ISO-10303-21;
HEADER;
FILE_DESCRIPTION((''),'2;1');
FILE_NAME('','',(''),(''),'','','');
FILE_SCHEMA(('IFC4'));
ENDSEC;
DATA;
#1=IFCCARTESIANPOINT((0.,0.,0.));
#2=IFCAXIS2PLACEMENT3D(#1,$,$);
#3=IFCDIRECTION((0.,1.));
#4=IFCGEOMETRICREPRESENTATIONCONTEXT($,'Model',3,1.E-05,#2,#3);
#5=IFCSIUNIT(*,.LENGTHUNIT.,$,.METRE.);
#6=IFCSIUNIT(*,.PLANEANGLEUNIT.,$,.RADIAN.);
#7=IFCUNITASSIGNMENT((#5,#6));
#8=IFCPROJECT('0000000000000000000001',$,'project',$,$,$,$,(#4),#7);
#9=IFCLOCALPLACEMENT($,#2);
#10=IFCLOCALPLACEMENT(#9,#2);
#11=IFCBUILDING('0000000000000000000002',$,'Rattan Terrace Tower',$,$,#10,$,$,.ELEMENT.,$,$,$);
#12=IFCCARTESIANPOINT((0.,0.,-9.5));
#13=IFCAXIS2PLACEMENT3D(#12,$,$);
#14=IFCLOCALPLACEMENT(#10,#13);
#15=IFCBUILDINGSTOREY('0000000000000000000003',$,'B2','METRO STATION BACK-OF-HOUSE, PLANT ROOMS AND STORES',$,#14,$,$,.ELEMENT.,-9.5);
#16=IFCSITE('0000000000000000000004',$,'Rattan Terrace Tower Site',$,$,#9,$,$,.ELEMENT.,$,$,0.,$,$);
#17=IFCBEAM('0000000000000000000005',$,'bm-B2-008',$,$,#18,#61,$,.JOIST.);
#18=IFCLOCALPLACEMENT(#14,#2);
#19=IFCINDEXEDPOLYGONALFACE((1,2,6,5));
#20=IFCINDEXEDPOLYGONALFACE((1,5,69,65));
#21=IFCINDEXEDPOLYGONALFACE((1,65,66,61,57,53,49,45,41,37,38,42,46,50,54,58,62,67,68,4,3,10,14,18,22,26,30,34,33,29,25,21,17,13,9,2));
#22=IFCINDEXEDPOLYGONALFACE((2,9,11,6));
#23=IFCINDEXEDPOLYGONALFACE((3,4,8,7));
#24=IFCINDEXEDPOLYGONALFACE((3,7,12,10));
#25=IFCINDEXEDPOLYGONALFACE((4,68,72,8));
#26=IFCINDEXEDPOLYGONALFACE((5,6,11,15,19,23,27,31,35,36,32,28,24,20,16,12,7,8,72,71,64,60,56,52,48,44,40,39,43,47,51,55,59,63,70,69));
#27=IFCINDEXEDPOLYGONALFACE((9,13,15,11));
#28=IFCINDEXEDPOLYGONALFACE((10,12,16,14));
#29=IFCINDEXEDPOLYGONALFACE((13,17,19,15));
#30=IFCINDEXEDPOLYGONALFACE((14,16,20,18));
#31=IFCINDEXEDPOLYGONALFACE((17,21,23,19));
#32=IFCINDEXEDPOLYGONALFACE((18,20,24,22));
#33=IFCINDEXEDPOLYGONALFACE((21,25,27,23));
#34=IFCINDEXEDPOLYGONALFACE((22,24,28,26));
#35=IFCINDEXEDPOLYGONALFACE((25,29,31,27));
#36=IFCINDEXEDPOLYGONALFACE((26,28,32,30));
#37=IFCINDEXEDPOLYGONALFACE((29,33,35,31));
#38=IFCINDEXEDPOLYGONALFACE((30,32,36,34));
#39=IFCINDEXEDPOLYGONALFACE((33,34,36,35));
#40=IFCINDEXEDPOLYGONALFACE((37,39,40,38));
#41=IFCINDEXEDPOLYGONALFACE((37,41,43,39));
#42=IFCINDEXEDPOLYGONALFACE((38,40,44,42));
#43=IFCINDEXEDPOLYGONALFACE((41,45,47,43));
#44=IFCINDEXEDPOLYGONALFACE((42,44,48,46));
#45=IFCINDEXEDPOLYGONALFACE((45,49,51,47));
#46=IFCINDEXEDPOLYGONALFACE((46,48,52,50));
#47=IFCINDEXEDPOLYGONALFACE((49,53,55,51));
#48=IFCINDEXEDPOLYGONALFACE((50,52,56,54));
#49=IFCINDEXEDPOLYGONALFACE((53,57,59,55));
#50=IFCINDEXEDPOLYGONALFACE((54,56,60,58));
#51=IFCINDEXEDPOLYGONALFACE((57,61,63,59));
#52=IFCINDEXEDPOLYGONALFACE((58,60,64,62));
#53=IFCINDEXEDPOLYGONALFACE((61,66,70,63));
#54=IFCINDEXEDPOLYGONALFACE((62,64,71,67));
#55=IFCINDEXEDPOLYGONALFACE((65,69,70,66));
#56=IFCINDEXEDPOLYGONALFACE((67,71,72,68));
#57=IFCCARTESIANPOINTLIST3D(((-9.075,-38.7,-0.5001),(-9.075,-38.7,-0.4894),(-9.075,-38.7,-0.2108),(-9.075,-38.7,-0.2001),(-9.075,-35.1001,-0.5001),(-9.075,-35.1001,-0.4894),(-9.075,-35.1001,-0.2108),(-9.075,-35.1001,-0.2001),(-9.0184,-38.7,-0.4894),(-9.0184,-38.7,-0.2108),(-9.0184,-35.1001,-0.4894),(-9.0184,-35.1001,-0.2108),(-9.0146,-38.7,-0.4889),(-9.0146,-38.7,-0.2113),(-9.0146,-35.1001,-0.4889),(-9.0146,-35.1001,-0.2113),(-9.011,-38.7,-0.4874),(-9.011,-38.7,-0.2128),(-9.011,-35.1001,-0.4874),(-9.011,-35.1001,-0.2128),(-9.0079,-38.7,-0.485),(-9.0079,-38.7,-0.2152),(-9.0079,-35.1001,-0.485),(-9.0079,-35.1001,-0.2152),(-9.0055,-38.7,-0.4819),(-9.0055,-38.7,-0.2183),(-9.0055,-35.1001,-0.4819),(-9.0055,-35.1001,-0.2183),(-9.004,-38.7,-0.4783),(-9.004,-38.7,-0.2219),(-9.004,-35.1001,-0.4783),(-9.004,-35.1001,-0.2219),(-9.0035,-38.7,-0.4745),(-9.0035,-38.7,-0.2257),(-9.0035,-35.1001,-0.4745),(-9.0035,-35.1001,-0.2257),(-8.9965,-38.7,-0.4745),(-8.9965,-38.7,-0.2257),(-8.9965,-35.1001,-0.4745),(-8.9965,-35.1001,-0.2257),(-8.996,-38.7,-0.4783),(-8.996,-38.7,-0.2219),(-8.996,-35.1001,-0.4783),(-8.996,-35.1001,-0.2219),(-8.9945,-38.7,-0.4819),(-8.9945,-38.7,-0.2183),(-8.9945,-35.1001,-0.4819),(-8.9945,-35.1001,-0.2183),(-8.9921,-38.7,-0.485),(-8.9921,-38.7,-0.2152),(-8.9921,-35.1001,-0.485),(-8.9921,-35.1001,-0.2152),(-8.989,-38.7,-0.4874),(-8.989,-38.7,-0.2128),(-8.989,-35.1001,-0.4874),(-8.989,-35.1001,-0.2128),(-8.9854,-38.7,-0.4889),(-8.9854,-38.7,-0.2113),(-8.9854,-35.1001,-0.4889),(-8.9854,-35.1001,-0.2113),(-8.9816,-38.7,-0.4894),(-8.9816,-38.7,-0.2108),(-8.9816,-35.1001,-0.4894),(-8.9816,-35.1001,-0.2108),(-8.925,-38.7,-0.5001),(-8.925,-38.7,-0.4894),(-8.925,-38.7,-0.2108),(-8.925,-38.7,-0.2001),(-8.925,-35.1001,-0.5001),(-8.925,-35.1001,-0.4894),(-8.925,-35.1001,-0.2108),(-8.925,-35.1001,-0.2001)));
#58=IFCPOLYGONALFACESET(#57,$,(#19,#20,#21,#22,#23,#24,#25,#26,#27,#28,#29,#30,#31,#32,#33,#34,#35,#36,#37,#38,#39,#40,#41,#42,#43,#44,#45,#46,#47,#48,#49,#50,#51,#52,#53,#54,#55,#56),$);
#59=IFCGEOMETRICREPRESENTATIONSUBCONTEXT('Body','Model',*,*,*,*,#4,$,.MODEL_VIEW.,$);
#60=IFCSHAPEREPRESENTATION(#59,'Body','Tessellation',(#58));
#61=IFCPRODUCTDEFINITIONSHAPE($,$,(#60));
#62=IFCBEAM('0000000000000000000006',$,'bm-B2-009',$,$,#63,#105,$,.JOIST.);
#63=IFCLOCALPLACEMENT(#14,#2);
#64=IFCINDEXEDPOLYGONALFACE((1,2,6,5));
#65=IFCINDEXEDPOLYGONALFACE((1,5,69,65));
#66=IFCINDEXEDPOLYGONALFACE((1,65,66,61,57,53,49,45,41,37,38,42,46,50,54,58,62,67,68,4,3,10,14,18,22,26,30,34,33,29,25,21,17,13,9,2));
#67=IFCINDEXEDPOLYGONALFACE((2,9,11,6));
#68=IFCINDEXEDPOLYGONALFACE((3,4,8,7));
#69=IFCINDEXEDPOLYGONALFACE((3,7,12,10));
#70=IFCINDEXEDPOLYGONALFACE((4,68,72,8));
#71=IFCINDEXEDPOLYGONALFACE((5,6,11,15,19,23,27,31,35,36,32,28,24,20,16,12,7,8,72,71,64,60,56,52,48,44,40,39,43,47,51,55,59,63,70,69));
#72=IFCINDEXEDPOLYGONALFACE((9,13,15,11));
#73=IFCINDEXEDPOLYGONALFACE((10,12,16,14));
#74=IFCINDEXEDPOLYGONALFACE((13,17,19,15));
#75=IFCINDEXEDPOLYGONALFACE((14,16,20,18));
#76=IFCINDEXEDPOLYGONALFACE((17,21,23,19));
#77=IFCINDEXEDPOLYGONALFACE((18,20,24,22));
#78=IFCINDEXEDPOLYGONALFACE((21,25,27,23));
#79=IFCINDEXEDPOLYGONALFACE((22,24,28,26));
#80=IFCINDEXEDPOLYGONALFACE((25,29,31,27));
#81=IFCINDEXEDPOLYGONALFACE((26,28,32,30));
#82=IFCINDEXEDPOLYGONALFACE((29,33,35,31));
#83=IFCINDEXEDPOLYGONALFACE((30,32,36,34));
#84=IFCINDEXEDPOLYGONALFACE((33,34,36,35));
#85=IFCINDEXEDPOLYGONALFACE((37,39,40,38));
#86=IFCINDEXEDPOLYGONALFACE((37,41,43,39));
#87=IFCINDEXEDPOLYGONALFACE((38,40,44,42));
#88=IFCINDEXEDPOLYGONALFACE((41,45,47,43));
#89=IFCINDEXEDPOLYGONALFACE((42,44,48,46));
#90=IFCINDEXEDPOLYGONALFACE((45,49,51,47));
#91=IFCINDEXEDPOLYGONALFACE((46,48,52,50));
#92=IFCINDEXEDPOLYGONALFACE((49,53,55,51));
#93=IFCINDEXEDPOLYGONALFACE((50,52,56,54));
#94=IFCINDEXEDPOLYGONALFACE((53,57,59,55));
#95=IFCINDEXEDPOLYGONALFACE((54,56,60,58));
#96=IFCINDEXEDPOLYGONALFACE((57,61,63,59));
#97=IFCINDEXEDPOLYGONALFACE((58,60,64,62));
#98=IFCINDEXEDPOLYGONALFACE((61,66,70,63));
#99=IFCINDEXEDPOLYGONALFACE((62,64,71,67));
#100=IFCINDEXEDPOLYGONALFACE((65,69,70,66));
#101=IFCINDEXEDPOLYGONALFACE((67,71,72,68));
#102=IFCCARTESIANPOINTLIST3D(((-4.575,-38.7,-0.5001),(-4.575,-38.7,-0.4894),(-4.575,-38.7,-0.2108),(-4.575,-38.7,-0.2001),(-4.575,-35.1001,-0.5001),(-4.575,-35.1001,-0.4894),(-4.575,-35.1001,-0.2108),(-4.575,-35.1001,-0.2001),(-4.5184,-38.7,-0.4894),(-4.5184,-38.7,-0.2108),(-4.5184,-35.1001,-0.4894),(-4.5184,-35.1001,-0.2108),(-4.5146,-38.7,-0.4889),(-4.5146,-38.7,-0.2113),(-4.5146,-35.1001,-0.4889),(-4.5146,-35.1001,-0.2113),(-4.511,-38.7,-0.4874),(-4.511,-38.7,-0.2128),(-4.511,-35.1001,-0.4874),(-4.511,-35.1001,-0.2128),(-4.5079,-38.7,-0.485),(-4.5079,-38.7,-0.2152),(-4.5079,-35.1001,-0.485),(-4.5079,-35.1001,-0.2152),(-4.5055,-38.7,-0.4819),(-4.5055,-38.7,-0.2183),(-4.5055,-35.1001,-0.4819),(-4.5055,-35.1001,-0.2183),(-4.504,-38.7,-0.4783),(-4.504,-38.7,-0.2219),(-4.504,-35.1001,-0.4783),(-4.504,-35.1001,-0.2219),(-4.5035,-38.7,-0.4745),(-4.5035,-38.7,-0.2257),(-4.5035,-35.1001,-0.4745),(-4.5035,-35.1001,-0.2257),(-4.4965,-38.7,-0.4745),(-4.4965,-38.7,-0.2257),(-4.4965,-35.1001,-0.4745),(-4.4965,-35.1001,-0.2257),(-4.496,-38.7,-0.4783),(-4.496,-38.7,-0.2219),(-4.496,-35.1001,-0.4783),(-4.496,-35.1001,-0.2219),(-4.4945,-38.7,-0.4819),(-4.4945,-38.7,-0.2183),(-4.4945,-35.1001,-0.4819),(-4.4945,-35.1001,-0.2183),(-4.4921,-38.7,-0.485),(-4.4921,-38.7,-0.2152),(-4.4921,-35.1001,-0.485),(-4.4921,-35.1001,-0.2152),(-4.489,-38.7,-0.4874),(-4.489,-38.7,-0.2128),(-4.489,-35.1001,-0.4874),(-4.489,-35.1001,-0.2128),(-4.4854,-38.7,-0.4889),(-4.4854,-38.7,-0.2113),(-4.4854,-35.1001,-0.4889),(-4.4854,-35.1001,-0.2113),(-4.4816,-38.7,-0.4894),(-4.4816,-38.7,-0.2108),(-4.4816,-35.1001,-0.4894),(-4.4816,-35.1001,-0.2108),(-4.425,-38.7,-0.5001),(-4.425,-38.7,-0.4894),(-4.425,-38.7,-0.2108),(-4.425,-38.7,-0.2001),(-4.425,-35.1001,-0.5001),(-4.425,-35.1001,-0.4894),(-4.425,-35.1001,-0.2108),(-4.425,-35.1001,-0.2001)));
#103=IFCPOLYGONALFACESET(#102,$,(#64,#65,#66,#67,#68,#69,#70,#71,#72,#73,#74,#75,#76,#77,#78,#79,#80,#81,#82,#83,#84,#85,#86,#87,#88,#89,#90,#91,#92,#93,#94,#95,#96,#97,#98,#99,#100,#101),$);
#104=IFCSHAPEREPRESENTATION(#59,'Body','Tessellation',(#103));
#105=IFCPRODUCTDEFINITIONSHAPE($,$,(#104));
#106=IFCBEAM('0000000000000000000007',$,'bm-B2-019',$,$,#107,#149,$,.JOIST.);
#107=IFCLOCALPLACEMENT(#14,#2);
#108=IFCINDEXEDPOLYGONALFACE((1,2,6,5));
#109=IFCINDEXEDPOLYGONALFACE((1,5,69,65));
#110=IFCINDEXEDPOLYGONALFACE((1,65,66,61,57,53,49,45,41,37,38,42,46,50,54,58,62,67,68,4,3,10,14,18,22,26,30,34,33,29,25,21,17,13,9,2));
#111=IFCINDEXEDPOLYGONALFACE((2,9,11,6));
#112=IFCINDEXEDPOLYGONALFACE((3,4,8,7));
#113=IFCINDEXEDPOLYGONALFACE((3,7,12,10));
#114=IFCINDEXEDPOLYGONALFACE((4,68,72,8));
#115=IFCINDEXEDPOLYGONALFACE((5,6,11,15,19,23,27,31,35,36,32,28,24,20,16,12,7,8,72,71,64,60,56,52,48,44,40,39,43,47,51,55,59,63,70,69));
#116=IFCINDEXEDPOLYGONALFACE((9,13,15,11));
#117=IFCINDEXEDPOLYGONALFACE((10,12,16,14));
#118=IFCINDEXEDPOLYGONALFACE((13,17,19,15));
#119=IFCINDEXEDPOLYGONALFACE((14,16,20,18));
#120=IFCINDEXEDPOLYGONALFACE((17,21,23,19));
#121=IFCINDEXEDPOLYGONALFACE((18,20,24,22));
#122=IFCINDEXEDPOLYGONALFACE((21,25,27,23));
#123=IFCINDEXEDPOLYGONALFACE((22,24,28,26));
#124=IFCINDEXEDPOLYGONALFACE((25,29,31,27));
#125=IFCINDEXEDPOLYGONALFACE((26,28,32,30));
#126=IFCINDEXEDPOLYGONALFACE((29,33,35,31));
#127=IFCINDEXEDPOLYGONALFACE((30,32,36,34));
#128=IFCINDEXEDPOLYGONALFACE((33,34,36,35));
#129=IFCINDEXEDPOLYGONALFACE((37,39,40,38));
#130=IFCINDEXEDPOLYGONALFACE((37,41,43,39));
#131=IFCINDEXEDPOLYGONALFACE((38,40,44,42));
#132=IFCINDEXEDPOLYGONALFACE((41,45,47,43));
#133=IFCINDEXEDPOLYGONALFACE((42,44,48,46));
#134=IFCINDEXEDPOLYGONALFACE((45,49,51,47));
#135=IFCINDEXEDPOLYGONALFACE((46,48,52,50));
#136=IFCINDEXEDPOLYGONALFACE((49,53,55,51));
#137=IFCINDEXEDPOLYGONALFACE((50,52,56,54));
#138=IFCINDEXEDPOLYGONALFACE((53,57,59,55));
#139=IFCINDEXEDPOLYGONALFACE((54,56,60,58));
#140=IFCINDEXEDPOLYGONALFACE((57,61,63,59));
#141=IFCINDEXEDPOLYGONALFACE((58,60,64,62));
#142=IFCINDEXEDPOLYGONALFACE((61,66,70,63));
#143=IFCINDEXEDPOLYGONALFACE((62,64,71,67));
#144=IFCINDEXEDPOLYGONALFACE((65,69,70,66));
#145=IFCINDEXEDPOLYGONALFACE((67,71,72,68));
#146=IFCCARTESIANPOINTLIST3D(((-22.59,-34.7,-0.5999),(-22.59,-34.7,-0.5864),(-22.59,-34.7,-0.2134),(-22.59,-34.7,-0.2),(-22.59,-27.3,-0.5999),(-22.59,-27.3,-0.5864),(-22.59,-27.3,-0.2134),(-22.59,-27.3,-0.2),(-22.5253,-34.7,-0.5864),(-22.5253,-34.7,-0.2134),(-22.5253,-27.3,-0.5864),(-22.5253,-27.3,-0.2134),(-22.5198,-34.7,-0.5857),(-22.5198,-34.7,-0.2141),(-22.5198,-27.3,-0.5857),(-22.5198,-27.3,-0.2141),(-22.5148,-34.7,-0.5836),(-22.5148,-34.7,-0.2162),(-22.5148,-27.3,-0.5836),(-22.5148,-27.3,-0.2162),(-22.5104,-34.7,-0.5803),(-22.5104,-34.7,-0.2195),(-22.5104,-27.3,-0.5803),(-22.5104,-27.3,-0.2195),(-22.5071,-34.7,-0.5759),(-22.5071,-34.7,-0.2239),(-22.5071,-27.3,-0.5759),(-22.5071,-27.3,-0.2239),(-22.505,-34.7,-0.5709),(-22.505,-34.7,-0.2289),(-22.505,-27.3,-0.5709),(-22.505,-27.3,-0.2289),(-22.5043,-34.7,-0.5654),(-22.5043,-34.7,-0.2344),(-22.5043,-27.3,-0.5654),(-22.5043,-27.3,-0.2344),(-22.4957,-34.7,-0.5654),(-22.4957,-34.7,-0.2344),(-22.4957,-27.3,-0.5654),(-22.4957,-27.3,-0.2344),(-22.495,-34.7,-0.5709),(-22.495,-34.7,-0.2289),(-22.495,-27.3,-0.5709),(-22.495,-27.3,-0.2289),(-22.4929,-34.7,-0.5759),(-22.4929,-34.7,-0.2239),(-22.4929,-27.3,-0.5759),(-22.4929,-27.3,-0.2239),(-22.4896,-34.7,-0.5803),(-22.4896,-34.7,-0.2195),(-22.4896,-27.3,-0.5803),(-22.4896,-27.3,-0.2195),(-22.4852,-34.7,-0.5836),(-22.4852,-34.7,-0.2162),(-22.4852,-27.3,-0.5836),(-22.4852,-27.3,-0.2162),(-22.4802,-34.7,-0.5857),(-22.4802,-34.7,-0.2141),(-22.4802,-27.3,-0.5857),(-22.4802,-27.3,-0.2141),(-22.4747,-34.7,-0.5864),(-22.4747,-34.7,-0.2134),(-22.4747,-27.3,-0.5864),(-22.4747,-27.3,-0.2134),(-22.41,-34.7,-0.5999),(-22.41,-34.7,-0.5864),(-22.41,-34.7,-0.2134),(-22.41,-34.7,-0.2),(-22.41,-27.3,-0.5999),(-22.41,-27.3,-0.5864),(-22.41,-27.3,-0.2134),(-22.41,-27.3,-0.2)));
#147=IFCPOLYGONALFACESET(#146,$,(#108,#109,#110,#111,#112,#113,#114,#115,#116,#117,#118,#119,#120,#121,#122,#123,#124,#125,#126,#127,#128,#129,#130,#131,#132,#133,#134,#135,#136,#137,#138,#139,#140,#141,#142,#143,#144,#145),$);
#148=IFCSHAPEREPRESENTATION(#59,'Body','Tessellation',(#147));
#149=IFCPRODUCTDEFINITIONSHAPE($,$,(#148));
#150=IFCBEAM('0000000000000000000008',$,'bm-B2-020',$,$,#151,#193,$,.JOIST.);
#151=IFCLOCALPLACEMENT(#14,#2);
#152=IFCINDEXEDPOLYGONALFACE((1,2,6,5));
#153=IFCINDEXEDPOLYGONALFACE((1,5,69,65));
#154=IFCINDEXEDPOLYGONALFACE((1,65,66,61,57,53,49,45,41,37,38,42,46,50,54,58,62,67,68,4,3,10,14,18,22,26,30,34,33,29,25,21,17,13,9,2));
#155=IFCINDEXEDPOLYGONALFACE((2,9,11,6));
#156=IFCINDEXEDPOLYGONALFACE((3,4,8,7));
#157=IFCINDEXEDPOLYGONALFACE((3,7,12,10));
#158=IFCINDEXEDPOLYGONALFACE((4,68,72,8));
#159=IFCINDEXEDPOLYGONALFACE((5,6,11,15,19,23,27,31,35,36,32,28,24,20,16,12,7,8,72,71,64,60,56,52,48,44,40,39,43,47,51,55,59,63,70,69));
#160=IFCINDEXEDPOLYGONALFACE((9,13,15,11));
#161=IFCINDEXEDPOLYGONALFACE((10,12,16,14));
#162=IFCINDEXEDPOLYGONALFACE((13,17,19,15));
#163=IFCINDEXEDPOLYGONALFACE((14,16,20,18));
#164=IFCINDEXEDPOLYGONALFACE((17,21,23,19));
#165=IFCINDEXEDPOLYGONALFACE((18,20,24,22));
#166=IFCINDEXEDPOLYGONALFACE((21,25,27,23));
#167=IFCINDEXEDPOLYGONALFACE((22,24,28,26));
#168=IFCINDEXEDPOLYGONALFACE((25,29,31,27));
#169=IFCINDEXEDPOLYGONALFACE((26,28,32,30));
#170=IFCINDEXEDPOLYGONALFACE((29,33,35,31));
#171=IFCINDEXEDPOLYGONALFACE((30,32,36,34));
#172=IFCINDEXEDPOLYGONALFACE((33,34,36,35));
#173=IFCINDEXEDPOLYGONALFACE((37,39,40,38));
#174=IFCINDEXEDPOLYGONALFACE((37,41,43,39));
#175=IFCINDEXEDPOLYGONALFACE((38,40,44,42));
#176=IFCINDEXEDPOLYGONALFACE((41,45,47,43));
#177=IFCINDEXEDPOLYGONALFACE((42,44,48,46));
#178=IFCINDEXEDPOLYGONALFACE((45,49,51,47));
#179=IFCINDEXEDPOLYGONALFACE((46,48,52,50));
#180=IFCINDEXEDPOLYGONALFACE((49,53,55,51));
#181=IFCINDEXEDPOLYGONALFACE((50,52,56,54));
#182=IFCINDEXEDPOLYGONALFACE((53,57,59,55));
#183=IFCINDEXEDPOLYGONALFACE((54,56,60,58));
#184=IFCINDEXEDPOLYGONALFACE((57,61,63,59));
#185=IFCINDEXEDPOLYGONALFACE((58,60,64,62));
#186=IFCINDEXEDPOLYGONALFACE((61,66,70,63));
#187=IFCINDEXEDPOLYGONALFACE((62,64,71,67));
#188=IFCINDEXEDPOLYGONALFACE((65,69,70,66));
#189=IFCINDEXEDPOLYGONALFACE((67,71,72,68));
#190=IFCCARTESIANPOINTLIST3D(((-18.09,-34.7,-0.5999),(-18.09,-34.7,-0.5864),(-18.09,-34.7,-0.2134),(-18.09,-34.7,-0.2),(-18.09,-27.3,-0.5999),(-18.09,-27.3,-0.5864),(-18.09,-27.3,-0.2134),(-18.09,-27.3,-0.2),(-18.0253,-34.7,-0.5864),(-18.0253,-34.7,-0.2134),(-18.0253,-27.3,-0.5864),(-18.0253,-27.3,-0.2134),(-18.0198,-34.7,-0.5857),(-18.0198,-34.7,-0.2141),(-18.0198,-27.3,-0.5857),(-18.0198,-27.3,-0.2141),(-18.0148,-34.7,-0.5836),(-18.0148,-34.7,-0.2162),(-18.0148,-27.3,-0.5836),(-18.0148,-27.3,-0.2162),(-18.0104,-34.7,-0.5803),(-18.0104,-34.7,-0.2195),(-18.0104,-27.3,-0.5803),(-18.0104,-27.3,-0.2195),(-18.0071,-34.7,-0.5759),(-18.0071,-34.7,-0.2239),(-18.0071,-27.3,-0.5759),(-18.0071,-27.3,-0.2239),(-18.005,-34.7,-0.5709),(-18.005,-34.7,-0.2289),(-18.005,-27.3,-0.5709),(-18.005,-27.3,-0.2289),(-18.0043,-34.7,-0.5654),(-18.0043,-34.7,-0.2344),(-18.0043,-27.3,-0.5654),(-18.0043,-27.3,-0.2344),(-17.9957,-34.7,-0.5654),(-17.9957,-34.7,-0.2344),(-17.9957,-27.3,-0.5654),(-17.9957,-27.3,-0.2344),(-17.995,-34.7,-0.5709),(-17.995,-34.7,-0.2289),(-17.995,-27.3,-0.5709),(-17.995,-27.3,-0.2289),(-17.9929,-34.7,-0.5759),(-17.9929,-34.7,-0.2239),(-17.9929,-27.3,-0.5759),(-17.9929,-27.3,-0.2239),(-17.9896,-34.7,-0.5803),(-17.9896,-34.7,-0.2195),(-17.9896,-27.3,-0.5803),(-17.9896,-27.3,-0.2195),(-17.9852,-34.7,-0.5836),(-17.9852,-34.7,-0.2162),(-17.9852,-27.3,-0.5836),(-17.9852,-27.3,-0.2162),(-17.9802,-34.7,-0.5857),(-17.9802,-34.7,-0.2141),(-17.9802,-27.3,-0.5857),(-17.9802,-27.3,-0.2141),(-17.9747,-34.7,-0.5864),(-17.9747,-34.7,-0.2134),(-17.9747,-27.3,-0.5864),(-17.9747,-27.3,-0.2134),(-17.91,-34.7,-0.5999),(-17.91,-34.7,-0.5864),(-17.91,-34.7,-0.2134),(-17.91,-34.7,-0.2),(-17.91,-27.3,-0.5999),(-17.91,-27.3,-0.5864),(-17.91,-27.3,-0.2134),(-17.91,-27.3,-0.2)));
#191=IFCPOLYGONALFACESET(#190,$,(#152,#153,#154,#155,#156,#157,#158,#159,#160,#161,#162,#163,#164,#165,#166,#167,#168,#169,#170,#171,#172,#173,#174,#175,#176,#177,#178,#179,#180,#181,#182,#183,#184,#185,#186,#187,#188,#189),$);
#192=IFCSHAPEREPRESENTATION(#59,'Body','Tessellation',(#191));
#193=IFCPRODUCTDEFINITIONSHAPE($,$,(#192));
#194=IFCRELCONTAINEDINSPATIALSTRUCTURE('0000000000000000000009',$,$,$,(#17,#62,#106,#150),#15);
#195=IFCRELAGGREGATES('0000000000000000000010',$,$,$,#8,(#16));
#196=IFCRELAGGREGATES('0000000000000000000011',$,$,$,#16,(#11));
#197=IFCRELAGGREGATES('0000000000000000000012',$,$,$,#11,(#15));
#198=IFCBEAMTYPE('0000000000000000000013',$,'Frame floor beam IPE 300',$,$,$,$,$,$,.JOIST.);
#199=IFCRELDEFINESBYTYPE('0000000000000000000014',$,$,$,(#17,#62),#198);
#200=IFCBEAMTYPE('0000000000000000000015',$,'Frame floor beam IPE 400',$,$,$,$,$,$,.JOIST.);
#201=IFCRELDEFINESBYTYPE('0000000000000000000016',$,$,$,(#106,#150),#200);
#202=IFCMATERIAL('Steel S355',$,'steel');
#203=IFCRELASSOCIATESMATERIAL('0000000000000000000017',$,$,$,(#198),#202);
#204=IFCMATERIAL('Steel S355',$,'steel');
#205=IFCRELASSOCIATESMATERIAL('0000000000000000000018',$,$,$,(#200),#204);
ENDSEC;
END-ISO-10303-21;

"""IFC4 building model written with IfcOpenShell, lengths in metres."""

from ifc_helpers import new_model, si_unit, direction, frame, origin, origin_2d, place, context, subcontext, project, spatial, i_section, extrude, material, material_profile, profile_set, type_object, element, save


model = new_model("IFC4")

# Units and contexts
model_context = context("Model", 3, precision=1e-05, world=origin(), true_north=direction((0.0, 1.0)))
body_context = subcontext(model_context, "Body", "Model", "MODEL_VIEW")
ifc_project = project(units=[si_unit("LENGTHUNIT", "METRE"), si_unit("PLANEANGLEUNIT", "RADIAN")], contexts=[model_context])

# Site, building, storey
site_placement = place(None, origin())
site = spatial("IfcSite", under=ifc_project, at=site_placement, Name="Rattan Terrace Tower Site", CompositionType="ELEMENT", RefElevation=0.0)
building_placement = place(site_placement, origin())
building = spatial("IfcBuilding", under=site, at=building_placement, Name="Rattan Terrace Tower", CompositionType="ELEMENT")
storey_placement = place(building_placement, frame((0.0, 0.0, -9.5)))
storey = spatial("IfcBuildingStorey", under=building, at=storey_placement, Name="B2", Description="METRO STATION BACK-OF-HOUSE, PLANT ROOMS AND STORES", CompositionType="ELEMENT", Elevation=-9.5)

# Beams
ifc_material_1 = material(Name="Steel S355", Category="steel")
ifc_material_profile_1 = material_profile(ifc_material_1, i_section(OverallWidth=0.1499, OverallDepth=0.3, WebThickness=0.0071, FlangeThickness=0.0107, FilletRadius=0.0149, at=origin_2d()), Name="IPE 300")
ifc_profile_set_1 = profile_set([ifc_material_profile_1], Name="Steel S355")
beam_type_1 = type_object("IfcBeamType", Name="Frame floor beam IPE 300", PredefinedType="JOIST", material=ifc_profile_set_1)
for number, where, z_axis, x_axis, name in (
    (1, (-9.0, -38.7, -0.3501), (0.0, 1.0, 0.0), (-1.0, 0.0, 0.0), "bm-B2-008"),
    (2, (-4.5, -38.7, -0.3501), (0.0, 1.0, 0.0), (-1.0, 0.0, 0.0), "bm-B2-009"),
):
    element("IfcBeam", number, at=place(storey_placement, frame(where, z_axis=z_axis, x_axis=x_axis)), inside=storey, type_object=beam_type_1, Name=name, PredefinedType="JOIST", context=body_context, shape_type="SweptSolid", body=[
        extrude(i_section(OverallWidth=0.1499, OverallDepth=0.3, WebThickness=0.0071, FlangeThickness=0.0107, FilletRadius=0.0149, at=origin_2d()), origin(), (0.0, 0.0, 1.0), 3.5999),
    ])
ifc_material_2 = material(Name="Steel S355", Category="steel")
ifc_material_profile_2 = material_profile(ifc_material_2, i_section(OverallWidth=0.1799, OverallDepth=0.3999, WebThickness=0.0085, FlangeThickness=0.0134, FilletRadius=0.021, at=origin_2d()), Name="IPE 400")
ifc_profile_set_2 = profile_set([ifc_material_profile_2], Name="Steel S355")
beam_type_2 = type_object("IfcBeamType", Name="Frame floor beam IPE 400", PredefinedType="JOIST", material=ifc_profile_set_2)
for number, where, z_axis, x_axis, name in (
    (3, (-22.5, -34.7, -0.3999), (0.0, 1.0, 0.0), (-1.0, 0.0, 0.0), "bm-B2-019"),
    (4, (-18.0, -34.7, -0.3999), (0.0, 1.0, 0.0), (-1.0, 0.0, 0.0), "bm-B2-020"),
):
    element("IfcBeam", number, at=place(storey_placement, frame(where, z_axis=z_axis, x_axis=x_axis)), inside=storey, type_object=beam_type_2, Name=name, PredefinedType="JOIST", context=body_context, shape_type="SweptSolid", body=[
        extrude(i_section(OverallWidth=0.1799, OverallDepth=0.3999, WebThickness=0.0085, FlangeThickness=0.0134, FilletRadius=0.021, at=origin_2d()), origin(), (0.0, 0.0, 1.0), 7.3999),
    ])

save(model, "model.ifc")
